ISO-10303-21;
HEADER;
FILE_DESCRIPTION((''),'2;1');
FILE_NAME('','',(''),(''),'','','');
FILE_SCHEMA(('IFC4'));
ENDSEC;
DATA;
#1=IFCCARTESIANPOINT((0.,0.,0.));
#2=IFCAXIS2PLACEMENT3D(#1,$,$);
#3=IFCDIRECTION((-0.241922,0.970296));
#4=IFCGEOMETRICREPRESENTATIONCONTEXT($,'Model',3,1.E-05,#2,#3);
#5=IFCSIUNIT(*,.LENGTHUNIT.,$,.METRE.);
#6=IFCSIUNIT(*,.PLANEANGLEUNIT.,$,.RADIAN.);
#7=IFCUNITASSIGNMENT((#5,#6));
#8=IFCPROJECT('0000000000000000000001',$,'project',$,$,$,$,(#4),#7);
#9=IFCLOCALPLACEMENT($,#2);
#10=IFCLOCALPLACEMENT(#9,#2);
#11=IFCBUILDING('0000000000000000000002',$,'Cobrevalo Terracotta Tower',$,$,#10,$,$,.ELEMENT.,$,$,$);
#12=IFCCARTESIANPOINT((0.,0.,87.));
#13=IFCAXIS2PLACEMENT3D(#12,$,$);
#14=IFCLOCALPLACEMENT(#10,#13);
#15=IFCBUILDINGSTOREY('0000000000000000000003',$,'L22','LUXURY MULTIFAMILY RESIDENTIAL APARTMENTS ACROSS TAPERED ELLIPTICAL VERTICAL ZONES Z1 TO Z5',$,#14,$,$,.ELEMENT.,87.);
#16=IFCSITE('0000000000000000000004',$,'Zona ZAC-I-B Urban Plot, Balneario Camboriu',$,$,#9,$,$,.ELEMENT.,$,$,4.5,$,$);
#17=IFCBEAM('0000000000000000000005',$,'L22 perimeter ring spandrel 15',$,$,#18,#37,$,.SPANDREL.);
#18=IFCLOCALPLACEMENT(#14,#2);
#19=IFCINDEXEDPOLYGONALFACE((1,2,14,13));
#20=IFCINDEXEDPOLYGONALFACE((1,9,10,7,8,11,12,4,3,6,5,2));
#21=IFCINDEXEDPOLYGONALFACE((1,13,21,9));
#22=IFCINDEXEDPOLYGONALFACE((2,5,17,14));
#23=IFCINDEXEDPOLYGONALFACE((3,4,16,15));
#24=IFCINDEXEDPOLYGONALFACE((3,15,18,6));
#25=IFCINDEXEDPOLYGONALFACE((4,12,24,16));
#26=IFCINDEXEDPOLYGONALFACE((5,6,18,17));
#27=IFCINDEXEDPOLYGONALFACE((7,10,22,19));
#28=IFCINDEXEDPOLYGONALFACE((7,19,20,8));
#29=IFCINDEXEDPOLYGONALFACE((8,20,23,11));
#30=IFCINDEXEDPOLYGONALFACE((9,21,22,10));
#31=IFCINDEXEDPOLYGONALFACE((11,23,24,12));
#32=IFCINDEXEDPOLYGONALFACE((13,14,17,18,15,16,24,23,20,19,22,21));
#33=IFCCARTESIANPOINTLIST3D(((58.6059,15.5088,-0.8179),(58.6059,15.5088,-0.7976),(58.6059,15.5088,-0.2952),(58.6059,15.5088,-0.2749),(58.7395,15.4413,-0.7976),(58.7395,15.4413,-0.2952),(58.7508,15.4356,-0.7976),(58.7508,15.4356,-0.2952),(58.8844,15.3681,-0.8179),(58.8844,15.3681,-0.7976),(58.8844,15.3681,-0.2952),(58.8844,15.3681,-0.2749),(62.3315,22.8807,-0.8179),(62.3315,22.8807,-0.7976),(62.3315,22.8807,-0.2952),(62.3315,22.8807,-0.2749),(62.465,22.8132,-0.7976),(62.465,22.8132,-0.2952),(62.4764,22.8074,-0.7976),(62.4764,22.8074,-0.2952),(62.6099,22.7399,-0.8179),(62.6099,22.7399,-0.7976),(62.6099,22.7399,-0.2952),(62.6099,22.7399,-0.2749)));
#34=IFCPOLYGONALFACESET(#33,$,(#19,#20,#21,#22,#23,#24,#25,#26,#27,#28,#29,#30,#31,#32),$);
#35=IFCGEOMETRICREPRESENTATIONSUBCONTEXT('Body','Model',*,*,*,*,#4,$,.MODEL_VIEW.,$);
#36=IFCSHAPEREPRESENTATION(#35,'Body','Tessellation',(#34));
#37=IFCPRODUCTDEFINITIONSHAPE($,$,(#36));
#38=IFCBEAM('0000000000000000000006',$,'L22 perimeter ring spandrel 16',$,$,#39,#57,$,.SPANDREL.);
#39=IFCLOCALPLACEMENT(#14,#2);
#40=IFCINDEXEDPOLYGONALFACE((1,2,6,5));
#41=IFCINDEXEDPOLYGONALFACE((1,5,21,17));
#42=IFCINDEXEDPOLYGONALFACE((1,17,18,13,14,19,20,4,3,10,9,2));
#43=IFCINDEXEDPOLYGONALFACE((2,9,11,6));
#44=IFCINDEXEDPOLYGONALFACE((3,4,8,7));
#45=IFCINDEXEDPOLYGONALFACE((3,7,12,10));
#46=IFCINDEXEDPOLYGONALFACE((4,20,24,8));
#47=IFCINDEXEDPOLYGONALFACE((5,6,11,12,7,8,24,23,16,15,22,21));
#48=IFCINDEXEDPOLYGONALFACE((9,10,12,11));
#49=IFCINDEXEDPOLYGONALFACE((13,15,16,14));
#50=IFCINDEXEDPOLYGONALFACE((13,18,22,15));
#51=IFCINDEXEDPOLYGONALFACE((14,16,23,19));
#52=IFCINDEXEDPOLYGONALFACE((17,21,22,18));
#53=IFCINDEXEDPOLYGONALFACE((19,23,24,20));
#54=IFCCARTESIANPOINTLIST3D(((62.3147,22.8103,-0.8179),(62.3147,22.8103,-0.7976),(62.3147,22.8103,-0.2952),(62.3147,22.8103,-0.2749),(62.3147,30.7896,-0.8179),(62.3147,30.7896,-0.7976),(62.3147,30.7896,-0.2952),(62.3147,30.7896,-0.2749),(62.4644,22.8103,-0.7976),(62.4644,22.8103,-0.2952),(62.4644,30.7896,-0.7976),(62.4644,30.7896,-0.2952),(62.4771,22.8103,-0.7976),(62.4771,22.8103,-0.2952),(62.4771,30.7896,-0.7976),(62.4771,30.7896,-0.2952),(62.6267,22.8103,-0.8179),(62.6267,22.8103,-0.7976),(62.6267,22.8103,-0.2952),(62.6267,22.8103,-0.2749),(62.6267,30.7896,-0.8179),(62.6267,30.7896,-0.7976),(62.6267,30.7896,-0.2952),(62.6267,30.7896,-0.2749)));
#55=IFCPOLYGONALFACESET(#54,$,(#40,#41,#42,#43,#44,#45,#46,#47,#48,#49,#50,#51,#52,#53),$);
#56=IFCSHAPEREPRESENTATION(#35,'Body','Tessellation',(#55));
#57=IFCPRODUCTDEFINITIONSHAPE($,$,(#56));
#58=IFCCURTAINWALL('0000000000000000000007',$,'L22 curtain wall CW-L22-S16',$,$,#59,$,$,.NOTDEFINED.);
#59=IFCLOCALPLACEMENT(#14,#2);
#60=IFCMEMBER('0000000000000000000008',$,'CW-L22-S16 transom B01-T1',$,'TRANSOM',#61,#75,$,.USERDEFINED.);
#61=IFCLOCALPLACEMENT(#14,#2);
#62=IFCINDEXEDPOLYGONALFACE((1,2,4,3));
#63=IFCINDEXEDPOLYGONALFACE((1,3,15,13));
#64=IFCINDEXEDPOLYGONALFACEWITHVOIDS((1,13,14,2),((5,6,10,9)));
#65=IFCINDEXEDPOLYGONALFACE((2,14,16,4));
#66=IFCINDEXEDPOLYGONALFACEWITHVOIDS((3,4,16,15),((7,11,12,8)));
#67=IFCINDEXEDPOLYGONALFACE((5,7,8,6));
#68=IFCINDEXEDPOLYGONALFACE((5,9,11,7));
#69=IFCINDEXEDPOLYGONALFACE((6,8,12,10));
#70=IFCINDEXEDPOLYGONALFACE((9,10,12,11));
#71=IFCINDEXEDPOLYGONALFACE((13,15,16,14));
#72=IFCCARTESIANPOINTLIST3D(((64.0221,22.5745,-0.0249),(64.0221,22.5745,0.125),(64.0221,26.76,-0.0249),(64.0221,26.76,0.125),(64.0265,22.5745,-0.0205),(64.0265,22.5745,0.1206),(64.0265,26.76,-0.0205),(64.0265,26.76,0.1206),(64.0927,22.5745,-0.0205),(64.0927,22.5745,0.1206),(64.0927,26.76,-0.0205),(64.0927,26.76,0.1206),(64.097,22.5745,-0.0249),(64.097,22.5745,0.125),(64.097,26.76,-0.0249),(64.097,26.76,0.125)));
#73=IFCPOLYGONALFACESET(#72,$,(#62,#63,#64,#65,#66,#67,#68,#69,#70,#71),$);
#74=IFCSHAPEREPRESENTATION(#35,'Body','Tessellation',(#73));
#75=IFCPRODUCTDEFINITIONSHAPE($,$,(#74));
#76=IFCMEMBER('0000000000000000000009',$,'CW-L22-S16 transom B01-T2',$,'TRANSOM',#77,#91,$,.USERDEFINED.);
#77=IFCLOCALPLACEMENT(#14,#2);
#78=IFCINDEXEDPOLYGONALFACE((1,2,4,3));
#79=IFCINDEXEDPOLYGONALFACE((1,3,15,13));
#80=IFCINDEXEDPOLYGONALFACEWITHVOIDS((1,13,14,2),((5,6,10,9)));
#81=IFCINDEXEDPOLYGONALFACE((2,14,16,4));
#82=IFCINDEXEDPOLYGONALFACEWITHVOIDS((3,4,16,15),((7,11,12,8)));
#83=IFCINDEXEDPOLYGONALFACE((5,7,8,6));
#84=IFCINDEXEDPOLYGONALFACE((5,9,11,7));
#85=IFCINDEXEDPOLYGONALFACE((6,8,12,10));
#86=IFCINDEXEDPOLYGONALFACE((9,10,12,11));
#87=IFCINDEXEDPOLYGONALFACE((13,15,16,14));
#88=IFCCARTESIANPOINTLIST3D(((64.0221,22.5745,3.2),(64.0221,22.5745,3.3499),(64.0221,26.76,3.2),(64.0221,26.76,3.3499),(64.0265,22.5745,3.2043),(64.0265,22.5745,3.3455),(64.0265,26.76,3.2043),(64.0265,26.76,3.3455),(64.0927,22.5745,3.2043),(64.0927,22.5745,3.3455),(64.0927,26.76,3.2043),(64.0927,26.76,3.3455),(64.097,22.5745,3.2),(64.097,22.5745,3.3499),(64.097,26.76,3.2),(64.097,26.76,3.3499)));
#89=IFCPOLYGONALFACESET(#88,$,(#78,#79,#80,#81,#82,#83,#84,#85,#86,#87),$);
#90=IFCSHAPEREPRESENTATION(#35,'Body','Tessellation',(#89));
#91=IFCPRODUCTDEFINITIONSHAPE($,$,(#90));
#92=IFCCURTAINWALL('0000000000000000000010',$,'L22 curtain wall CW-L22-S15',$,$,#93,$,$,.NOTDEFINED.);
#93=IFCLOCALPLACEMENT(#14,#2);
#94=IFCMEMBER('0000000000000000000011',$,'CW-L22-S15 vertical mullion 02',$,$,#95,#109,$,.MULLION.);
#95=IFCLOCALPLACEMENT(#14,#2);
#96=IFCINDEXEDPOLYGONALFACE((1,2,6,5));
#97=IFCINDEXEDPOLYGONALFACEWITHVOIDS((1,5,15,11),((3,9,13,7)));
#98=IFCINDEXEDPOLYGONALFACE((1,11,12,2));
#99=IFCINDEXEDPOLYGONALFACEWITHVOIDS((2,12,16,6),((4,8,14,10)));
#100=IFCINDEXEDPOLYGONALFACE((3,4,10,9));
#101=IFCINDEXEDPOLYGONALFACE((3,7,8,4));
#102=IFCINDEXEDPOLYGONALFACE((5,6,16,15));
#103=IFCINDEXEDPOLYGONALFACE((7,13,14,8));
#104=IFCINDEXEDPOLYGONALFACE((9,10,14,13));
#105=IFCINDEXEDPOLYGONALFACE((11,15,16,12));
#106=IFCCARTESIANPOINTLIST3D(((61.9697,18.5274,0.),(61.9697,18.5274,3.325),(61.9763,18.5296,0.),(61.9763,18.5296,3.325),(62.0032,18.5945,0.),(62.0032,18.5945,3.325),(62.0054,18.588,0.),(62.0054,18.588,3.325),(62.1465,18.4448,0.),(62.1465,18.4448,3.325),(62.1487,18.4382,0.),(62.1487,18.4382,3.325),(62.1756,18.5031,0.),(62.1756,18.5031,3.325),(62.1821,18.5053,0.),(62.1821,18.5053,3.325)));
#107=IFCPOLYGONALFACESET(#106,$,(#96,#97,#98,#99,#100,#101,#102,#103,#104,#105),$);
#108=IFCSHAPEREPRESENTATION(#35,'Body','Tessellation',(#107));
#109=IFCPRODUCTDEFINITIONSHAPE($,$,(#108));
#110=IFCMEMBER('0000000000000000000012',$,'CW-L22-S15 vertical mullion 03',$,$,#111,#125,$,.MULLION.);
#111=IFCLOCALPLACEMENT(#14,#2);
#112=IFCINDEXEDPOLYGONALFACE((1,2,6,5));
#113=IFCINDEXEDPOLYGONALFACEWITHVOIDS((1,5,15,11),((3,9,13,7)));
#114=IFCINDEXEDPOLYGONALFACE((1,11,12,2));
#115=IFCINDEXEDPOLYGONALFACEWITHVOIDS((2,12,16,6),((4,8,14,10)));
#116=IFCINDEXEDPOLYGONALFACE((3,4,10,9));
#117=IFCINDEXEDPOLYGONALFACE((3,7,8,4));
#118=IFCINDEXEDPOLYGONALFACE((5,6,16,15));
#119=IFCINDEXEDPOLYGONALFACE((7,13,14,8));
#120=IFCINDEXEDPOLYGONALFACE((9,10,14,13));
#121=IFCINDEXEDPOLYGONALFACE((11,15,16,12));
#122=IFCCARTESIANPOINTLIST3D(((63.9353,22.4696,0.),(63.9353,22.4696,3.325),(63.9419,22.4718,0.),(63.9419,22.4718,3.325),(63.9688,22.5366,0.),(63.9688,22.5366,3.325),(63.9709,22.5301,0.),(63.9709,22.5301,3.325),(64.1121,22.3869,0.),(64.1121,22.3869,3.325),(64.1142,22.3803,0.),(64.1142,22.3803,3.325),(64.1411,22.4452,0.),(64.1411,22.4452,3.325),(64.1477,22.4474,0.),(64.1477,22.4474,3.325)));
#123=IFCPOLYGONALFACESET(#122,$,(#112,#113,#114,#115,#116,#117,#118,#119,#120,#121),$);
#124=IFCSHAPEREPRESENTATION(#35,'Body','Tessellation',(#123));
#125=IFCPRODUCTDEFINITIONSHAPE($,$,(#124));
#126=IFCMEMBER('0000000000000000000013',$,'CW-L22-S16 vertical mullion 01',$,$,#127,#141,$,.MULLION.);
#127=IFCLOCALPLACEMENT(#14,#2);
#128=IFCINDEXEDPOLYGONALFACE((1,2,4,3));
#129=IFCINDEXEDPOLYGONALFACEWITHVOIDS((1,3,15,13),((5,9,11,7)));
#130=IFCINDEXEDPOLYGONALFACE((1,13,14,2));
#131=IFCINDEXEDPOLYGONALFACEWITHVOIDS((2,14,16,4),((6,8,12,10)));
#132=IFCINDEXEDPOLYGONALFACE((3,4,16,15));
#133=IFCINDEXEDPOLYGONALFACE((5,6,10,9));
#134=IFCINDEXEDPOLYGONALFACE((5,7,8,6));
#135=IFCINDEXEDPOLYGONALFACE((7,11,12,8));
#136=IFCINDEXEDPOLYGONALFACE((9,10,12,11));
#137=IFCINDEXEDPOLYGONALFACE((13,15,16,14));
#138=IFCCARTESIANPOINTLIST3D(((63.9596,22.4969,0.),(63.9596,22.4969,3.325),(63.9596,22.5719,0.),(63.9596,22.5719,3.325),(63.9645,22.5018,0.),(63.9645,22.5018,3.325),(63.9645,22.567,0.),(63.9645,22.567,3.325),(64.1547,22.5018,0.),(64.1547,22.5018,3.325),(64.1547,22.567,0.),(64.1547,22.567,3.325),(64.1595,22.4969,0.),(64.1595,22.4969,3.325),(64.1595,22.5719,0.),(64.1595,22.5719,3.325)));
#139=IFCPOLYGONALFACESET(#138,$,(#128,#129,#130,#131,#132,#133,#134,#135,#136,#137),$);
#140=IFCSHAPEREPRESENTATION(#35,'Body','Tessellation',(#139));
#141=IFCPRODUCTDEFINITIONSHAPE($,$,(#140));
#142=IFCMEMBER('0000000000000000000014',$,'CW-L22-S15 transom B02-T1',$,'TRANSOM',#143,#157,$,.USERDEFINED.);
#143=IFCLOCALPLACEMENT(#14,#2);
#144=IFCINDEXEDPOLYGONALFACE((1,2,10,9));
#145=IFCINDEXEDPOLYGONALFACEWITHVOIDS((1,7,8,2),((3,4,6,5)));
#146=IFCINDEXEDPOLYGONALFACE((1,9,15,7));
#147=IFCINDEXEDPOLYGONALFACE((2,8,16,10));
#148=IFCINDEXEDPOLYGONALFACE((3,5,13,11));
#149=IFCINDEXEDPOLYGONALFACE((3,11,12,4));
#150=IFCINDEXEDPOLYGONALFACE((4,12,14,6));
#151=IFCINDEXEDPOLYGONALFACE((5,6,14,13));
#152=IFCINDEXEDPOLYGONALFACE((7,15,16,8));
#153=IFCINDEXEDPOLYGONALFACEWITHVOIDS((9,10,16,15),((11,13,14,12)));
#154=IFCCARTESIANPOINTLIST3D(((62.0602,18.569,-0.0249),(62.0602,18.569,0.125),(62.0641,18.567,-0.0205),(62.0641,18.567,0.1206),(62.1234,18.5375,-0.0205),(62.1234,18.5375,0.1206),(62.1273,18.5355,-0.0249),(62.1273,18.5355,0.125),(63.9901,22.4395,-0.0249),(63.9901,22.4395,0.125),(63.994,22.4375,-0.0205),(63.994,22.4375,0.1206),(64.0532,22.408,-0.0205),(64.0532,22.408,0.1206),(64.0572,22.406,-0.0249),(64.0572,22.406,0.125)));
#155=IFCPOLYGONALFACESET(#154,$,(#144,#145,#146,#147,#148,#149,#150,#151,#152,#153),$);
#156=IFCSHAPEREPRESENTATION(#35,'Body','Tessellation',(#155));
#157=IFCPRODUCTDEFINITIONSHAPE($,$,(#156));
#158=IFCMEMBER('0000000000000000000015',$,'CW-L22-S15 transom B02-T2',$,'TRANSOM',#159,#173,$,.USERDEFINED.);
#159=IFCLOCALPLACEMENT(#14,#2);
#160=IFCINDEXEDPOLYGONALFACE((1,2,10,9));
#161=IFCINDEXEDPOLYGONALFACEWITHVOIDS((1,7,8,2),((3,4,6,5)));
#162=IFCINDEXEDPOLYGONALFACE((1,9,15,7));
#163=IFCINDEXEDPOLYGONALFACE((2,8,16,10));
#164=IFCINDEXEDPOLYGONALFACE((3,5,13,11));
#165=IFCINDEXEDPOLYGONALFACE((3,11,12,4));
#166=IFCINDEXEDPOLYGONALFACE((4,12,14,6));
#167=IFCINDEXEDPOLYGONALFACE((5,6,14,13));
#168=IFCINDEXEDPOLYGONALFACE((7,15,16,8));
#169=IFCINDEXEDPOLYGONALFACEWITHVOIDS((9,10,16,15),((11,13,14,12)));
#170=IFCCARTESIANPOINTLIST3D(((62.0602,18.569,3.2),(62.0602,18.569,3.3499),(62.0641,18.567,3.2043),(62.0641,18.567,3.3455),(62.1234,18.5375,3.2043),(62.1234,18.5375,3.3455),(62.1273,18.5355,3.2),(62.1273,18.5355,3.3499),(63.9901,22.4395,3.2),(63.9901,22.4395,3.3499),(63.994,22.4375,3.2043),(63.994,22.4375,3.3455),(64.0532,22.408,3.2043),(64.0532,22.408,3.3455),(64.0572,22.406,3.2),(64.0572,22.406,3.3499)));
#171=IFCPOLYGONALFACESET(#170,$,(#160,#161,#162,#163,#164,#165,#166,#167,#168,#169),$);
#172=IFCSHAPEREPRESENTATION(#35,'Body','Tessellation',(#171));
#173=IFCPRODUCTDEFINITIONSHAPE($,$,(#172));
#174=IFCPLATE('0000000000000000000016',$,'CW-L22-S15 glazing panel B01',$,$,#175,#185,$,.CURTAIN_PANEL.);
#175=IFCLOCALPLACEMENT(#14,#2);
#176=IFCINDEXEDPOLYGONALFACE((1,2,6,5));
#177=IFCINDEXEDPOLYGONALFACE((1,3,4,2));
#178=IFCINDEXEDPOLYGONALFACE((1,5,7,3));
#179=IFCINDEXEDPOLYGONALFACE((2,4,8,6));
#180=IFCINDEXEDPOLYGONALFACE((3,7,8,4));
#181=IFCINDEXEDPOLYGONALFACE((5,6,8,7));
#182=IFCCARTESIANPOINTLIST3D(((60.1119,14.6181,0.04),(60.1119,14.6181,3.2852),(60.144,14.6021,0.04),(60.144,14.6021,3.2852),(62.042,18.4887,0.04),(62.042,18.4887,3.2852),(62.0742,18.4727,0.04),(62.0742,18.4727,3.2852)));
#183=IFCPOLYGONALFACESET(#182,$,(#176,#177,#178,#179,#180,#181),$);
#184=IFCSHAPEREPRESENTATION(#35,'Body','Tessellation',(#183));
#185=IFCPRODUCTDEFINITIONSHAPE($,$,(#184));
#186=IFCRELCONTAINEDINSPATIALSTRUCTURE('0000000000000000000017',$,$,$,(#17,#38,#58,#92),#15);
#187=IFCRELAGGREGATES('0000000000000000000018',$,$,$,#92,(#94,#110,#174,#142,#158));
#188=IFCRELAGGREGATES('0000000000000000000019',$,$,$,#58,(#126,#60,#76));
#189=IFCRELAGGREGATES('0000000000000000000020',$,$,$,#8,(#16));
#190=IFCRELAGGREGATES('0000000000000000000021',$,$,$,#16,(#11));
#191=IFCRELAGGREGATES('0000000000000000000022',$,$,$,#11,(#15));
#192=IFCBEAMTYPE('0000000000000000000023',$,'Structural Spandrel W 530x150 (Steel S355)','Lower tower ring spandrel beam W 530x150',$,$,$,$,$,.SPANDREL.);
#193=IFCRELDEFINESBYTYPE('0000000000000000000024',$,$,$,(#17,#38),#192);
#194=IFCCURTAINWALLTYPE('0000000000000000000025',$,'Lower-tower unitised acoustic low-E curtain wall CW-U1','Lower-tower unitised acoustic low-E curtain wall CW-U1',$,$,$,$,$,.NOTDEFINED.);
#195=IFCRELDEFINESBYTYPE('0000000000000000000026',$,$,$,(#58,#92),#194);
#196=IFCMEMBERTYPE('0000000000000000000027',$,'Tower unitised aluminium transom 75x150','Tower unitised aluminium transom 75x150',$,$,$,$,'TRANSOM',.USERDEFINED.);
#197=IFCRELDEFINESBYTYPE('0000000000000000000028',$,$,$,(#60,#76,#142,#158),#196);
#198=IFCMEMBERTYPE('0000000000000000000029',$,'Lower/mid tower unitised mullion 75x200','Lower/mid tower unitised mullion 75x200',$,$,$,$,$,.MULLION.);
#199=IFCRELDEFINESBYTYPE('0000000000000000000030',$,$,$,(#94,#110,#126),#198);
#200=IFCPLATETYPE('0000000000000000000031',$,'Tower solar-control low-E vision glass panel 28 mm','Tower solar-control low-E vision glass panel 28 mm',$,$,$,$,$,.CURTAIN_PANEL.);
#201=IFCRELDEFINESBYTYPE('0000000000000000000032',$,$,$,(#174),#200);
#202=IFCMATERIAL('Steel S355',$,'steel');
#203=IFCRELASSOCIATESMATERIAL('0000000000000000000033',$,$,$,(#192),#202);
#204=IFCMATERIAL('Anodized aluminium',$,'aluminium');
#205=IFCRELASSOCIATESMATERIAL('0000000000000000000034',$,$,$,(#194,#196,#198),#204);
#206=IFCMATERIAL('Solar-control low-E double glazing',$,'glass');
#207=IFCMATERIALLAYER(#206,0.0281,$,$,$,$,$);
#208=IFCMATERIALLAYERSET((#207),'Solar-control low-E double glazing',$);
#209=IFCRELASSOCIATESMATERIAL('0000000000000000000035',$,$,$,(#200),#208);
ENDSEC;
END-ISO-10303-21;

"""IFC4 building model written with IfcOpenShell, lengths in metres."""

from ifc_helpers import new_model, si_unit, direction, frame, origin, origin_2d, place, context, subcontext, project, spatial, rectangle, hollow_rectangle, i_section, extrude, source, transform, mapped, material, layer, layer_set, material_profile, profile_set, type_object, element, aggregate, save


model = new_model("IFC4")

# Units and contexts
model_context = context("Model", 3, precision=1e-05, world=origin(), true_north=direction((-0.241922, 0.970296)))
body_context = subcontext(model_context, "Body", "Model", "MODEL_VIEW")
ifc_project = project(units=[si_unit("LENGTHUNIT", "METRE"), si_unit("PLANEANGLEUNIT", "RADIAN")], contexts=[model_context])

# Site, building, storey
site_placement = place(None, origin())
site = spatial("IfcSite", under=ifc_project, at=site_placement, Name="Zona ZAC-I-B Urban Plot, Balneario Camboriu", CompositionType="ELEMENT", RefElevation=4.5)
building_placement = place(site_placement, origin())
building = spatial("IfcBuilding", under=site, at=building_placement, Name="Cobrevalo Terracotta Tower", CompositionType="ELEMENT")
storey_placement = place(building_placement, frame((0.0, 0.0, 87.0)))
storey = spatial("IfcBuildingStorey", under=building, at=storey_placement, Name="L22", Description="LUXURY MULTIFAMILY RESIDENTIAL APARTMENTS ACROSS TAPERED ELLIPTICAL VERTICAL ZONES Z1 TO Z5", CompositionType="ELEMENT", Elevation=87.0)

# Shared definitions
ifc_material_1 = material(Name="Steel S355", Category="steel")

# Beams
ifc_material_profile_1 = material_profile(ifc_material_1, i_section(OverallWidth=0.312, OverallDepth=0.543, WebThickness=0.0127, FlangeThickness=0.0203, at=origin_2d()), Name="W 530x150")
ifc_profile_set_1 = profile_set([ifc_material_profile_1], Name="Steel S355")
beam_type_1 = type_object("IfcBeamType", Name="Structural Spandrel W 530x150 (Steel S355)", Description="Lower tower ring spandrel beam W 530x150", PredefinedType="SPANDREL", material=ifc_profile_set_1)
beam_1_placement = place(storey_placement, frame((58.7451, 15.4385, -0.5464), z_axis=(0.451052, 0.892498, 0.0), x_axis=(-0.892498, 0.451052, 0.0)))
element("IfcBeam", 1, at=beam_1_placement, inside=storey, type_object=beam_type_1, Name="L22 perimeter ring spandrel 15", PredefinedType="SPANDREL", context=body_context, shape_type="SweptSolid", body=[
    extrude(i_section(OverallWidth=0.312, OverallDepth=0.543, WebThickness=0.0127, FlangeThickness=0.0203, at=origin_2d()), origin(), (0.0, 0.0, 1.0), 8.2598),
])
beam_2_placement = place(storey_placement, frame((62.4707, 22.8103, -0.5464), z_axis=(0.0, 1.0, 0.0), x_axis=(-1.0, 0.0, 0.0)))
element("IfcBeam", 2, at=beam_2_placement, inside=storey, type_object=beam_type_1, Name="L22 perimeter ring spandrel 16", PredefinedType="SPANDREL", context=body_context, shape_type="SweptSolid", body=[
    extrude(i_section(OverallWidth=0.312, OverallDepth=0.543, WebThickness=0.0127, FlangeThickness=0.0203, at=origin_2d()), origin(), (0.0, 0.0, 1.0), 7.9792),
])

# Curtain walls, members
ifc_material_2 = material(Name="Anodized aluminium", Category="aluminium")
curtain_wall_type = type_object("IfcCurtainWallType", Name="Lower-tower unitised acoustic low-E curtain wall CW-U1", Description="Lower-tower unitised acoustic low-E curtain wall CW-U1", PredefinedType="NOTDEFINED", material=ifc_material_2)
curtain_wall_1_placement = place(storey_placement, origin())
curtain_wall_1 = element("IfcCurtainWall", 3, at=curtain_wall_1_placement, inside=storey, type_object=curtain_wall_type, Name="L22 curtain wall CW-L22-S16", PredefinedType="NOTDEFINED")
ifc_material_profile_2 = material_profile(ifc_material_2, hollow_rectangle(XDim=0.075, YDim=0.1499, WallThickness=0.0044, at=origin_2d()), Name="CWT 75x150")
ifc_profile_set_2 = profile_set([ifc_material_profile_2], Name="Anodized aluminium")
member_type_1 = type_object("IfcMemberType", Name="Tower unitised aluminium transom 75x150", Description="Tower unitised aluminium transom 75x150", ElementType="TRANSOM", PredefinedType="USERDEFINED", material=ifc_profile_set_2)
shared_shape_1 = source(origin(), body_context, "Body", "SweptSolid", [
    extrude(hollow_rectangle(XDim=0.075, YDim=0.1499, WallThickness=0.0044, at=origin_2d()), origin(), (0.0, 0.0, 1.0), 4.1855),
])
member_1_placement = place(storey_placement, frame((64.0596, 22.5745, 0.05), z_axis=(0.0, 1.0, 0.0), x_axis=(-1.0, 0.0, 0.0)))
member_1 = element("IfcMember", 4, at=member_1_placement, type_object=member_type_1, Name="CW-L22-S16 transom B01-T1", ObjectType="TRANSOM", PredefinedType="USERDEFINED", context=body_context, shape_type="MappedRepresentation", body=[
    mapped(shared_shape_1, transform((0.0, 0.0, 0.0), scale=1.0)),
])
member_2_placement = place(storey_placement, frame((64.0596, 22.5745, 3.2749), z_axis=(0.0, 1.0, 0.0), x_axis=(-1.0, 0.0, 0.0)))
member_2 = element("IfcMember", 5, at=member_2_placement, type_object=member_type_1, Name="CW-L22-S16 transom B01-T2", ObjectType="TRANSOM", PredefinedType="USERDEFINED", context=body_context, shape_type="MappedRepresentation", body=[
    mapped(shared_shape_1, transform((0.0, 0.0, 0.0), scale=1.0)),
])
curtain_wall_2_placement = place(storey_placement, origin())
curtain_wall_2 = element("IfcCurtainWall", 6, at=curtain_wall_2_placement, inside=storey, type_object=curtain_wall_type, Name="L22 curtain wall CW-L22-S15", PredefinedType="NOTDEFINED")
ifc_material_profile_3 = material_profile(ifc_material_2, hollow_rectangle(XDim=0.075, YDim=0.2, WallThickness=0.0049, at=origin_2d()), Name="CWM 75x200")
ifc_profile_set_3 = profile_set([ifc_material_profile_3], Name="Anodized aluminium")
member_type_2 = type_object("IfcMemberType", Name="Lower/mid tower unitised mullion 75x200", Description="Lower/mid tower unitised mullion 75x200", PredefinedType="MULLION", material=ifc_profile_set_3)
shared_shape_2 = source(origin(), body_context, "Body", "SweptSolid", [
    extrude(hollow_rectangle(XDim=0.075, YDim=0.2, WallThickness=0.0049, at=origin_2d()), origin(), (0.0, 0.0, 1.0), 3.325),
])
member_3_placement = place(storey_placement, frame((62.0759, 18.5164, 0.0), z_axis=(0.0, 0.0, 1.0), x_axis=(0.44626, 0.894903, 0.0)))
member_3 = element("IfcMember", 7, at=member_3_placement, type_object=member_type_2, Name="CW-L22-S15 vertical mullion 02", PredefinedType="MULLION", context=body_context, shape_type="MappedRepresentation", body=[
    mapped(shared_shape_2, transform((0.0, 0.0, 0.0), scale=1.0)),
])
member_4_placement = place(storey_placement, frame((64.0415, 22.4585, 0.0), z_axis=(0.0, 0.0, 1.0), x_axis=(0.44626, 0.894903, 0.0)))
member_4 = element("IfcMember", 8, at=member_4_placement, type_object=member_type_2, Name="CW-L22-S15 vertical mullion 03", PredefinedType="MULLION", context=body_context, shape_type="MappedRepresentation", body=[
    mapped(shared_shape_2, transform((0.0, 0.0, 0.0), scale=1.0)),
])

# Members
member_5_placement = place(storey_placement, frame((64.0596, 22.5344, 0.0), z_axis=(0.0, 0.0, 1.0), x_axis=(0.0, 1.0, 0.0)))
member_5 = element("IfcMember", 9, at=member_5_placement, type_object=member_type_2, Name="CW-L22-S16 vertical mullion 01", PredefinedType="MULLION", context=body_context, shape_type="MappedRepresentation", body=[
    mapped(shared_shape_2, transform((0.0, 0.0, 0.0), scale=1.0)),
])
shared_shape_3 = source(origin(), body_context, "Body", "SweptSolid", [
    extrude(hollow_rectangle(XDim=0.075, YDim=0.1499, WallThickness=0.0044, at=origin_2d()), origin(), (0.0, 0.0, 1.0), 4.325),
])
member_6_placement = place(storey_placement, frame((62.0938, 18.5522, 0.05), z_axis=(0.44622, 0.894923, 0.0), x_axis=(-0.894923, 0.44622, 0.0)))
member_6 = element("IfcMember", 10, at=member_6_placement, type_object=member_type_1, Name="CW-L22-S15 transom B02-T1", ObjectType="TRANSOM", PredefinedType="USERDEFINED", context=body_context, shape_type="MappedRepresentation", body=[
    mapped(shared_shape_3, transform((0.0, 0.0, 0.0), scale=1.0)),
])
member_7_placement = place(storey_placement, frame((62.0938, 18.5522, 3.2749), z_axis=(0.44622, 0.894923, 0.0), x_axis=(-0.894923, 0.44622, 0.0)))
member_7 = element("IfcMember", 11, at=member_7_placement, type_object=member_type_1, Name="CW-L22-S15 transom B02-T2", ObjectType="TRANSOM", PredefinedType="USERDEFINED", context=body_context, shape_type="MappedRepresentation", body=[
    mapped(shared_shape_3, transform((0.0, 0.0, 0.0), scale=1.0)),
])

# Plate
ifc_material_3 = material(Name="Solar-control low-E double glazing", Category="glass")
ifc_layer_1 = layer(ifc_material_3, 0.0281)
ifc_layer_set_1 = layer_set([ifc_layer_1], Name="Solar-control low-E double glazing")
plate_type = type_object("IfcPlateType", Name="Tower solar-control low-E vision glass panel 28 mm", Description="Tower solar-control low-E vision glass panel 28 mm", PredefinedType="CURTAIN_PANEL", material=ifc_layer_set_1)
shared_shape_4 = source(origin(), body_context, "Body", "SweptSolid", [
    extrude(rectangle(XDim=4.3252, YDim=0.0359, at=origin_2d()), origin(), (0.0, 0.0, 1.0), 3.2451),
])
plate_1_placement = place(storey_placement, frame((61.093, 16.5454, 0.04), z_axis=(0.0, 0.0, 1.0), x_axis=(0.446262, 0.894902, 0.0)))
plate_1 = element("IfcPlate", 12, at=plate_1_placement, type_object=plate_type, Name="CW-L22-S15 glazing panel B01", PredefinedType="CURTAIN_PANEL", context=body_context, shape_type="MappedRepresentation", body=[
    mapped(shared_shape_4, transform((0.0, 0.0, 0.0), scale=1.0)),
])
aggregate(curtain_wall_2, [member_3, member_4, plate_1, member_6, member_7])
aggregate(curtain_wall_1, [member_5, member_1, member_2])

save(model, "model.ifc")
